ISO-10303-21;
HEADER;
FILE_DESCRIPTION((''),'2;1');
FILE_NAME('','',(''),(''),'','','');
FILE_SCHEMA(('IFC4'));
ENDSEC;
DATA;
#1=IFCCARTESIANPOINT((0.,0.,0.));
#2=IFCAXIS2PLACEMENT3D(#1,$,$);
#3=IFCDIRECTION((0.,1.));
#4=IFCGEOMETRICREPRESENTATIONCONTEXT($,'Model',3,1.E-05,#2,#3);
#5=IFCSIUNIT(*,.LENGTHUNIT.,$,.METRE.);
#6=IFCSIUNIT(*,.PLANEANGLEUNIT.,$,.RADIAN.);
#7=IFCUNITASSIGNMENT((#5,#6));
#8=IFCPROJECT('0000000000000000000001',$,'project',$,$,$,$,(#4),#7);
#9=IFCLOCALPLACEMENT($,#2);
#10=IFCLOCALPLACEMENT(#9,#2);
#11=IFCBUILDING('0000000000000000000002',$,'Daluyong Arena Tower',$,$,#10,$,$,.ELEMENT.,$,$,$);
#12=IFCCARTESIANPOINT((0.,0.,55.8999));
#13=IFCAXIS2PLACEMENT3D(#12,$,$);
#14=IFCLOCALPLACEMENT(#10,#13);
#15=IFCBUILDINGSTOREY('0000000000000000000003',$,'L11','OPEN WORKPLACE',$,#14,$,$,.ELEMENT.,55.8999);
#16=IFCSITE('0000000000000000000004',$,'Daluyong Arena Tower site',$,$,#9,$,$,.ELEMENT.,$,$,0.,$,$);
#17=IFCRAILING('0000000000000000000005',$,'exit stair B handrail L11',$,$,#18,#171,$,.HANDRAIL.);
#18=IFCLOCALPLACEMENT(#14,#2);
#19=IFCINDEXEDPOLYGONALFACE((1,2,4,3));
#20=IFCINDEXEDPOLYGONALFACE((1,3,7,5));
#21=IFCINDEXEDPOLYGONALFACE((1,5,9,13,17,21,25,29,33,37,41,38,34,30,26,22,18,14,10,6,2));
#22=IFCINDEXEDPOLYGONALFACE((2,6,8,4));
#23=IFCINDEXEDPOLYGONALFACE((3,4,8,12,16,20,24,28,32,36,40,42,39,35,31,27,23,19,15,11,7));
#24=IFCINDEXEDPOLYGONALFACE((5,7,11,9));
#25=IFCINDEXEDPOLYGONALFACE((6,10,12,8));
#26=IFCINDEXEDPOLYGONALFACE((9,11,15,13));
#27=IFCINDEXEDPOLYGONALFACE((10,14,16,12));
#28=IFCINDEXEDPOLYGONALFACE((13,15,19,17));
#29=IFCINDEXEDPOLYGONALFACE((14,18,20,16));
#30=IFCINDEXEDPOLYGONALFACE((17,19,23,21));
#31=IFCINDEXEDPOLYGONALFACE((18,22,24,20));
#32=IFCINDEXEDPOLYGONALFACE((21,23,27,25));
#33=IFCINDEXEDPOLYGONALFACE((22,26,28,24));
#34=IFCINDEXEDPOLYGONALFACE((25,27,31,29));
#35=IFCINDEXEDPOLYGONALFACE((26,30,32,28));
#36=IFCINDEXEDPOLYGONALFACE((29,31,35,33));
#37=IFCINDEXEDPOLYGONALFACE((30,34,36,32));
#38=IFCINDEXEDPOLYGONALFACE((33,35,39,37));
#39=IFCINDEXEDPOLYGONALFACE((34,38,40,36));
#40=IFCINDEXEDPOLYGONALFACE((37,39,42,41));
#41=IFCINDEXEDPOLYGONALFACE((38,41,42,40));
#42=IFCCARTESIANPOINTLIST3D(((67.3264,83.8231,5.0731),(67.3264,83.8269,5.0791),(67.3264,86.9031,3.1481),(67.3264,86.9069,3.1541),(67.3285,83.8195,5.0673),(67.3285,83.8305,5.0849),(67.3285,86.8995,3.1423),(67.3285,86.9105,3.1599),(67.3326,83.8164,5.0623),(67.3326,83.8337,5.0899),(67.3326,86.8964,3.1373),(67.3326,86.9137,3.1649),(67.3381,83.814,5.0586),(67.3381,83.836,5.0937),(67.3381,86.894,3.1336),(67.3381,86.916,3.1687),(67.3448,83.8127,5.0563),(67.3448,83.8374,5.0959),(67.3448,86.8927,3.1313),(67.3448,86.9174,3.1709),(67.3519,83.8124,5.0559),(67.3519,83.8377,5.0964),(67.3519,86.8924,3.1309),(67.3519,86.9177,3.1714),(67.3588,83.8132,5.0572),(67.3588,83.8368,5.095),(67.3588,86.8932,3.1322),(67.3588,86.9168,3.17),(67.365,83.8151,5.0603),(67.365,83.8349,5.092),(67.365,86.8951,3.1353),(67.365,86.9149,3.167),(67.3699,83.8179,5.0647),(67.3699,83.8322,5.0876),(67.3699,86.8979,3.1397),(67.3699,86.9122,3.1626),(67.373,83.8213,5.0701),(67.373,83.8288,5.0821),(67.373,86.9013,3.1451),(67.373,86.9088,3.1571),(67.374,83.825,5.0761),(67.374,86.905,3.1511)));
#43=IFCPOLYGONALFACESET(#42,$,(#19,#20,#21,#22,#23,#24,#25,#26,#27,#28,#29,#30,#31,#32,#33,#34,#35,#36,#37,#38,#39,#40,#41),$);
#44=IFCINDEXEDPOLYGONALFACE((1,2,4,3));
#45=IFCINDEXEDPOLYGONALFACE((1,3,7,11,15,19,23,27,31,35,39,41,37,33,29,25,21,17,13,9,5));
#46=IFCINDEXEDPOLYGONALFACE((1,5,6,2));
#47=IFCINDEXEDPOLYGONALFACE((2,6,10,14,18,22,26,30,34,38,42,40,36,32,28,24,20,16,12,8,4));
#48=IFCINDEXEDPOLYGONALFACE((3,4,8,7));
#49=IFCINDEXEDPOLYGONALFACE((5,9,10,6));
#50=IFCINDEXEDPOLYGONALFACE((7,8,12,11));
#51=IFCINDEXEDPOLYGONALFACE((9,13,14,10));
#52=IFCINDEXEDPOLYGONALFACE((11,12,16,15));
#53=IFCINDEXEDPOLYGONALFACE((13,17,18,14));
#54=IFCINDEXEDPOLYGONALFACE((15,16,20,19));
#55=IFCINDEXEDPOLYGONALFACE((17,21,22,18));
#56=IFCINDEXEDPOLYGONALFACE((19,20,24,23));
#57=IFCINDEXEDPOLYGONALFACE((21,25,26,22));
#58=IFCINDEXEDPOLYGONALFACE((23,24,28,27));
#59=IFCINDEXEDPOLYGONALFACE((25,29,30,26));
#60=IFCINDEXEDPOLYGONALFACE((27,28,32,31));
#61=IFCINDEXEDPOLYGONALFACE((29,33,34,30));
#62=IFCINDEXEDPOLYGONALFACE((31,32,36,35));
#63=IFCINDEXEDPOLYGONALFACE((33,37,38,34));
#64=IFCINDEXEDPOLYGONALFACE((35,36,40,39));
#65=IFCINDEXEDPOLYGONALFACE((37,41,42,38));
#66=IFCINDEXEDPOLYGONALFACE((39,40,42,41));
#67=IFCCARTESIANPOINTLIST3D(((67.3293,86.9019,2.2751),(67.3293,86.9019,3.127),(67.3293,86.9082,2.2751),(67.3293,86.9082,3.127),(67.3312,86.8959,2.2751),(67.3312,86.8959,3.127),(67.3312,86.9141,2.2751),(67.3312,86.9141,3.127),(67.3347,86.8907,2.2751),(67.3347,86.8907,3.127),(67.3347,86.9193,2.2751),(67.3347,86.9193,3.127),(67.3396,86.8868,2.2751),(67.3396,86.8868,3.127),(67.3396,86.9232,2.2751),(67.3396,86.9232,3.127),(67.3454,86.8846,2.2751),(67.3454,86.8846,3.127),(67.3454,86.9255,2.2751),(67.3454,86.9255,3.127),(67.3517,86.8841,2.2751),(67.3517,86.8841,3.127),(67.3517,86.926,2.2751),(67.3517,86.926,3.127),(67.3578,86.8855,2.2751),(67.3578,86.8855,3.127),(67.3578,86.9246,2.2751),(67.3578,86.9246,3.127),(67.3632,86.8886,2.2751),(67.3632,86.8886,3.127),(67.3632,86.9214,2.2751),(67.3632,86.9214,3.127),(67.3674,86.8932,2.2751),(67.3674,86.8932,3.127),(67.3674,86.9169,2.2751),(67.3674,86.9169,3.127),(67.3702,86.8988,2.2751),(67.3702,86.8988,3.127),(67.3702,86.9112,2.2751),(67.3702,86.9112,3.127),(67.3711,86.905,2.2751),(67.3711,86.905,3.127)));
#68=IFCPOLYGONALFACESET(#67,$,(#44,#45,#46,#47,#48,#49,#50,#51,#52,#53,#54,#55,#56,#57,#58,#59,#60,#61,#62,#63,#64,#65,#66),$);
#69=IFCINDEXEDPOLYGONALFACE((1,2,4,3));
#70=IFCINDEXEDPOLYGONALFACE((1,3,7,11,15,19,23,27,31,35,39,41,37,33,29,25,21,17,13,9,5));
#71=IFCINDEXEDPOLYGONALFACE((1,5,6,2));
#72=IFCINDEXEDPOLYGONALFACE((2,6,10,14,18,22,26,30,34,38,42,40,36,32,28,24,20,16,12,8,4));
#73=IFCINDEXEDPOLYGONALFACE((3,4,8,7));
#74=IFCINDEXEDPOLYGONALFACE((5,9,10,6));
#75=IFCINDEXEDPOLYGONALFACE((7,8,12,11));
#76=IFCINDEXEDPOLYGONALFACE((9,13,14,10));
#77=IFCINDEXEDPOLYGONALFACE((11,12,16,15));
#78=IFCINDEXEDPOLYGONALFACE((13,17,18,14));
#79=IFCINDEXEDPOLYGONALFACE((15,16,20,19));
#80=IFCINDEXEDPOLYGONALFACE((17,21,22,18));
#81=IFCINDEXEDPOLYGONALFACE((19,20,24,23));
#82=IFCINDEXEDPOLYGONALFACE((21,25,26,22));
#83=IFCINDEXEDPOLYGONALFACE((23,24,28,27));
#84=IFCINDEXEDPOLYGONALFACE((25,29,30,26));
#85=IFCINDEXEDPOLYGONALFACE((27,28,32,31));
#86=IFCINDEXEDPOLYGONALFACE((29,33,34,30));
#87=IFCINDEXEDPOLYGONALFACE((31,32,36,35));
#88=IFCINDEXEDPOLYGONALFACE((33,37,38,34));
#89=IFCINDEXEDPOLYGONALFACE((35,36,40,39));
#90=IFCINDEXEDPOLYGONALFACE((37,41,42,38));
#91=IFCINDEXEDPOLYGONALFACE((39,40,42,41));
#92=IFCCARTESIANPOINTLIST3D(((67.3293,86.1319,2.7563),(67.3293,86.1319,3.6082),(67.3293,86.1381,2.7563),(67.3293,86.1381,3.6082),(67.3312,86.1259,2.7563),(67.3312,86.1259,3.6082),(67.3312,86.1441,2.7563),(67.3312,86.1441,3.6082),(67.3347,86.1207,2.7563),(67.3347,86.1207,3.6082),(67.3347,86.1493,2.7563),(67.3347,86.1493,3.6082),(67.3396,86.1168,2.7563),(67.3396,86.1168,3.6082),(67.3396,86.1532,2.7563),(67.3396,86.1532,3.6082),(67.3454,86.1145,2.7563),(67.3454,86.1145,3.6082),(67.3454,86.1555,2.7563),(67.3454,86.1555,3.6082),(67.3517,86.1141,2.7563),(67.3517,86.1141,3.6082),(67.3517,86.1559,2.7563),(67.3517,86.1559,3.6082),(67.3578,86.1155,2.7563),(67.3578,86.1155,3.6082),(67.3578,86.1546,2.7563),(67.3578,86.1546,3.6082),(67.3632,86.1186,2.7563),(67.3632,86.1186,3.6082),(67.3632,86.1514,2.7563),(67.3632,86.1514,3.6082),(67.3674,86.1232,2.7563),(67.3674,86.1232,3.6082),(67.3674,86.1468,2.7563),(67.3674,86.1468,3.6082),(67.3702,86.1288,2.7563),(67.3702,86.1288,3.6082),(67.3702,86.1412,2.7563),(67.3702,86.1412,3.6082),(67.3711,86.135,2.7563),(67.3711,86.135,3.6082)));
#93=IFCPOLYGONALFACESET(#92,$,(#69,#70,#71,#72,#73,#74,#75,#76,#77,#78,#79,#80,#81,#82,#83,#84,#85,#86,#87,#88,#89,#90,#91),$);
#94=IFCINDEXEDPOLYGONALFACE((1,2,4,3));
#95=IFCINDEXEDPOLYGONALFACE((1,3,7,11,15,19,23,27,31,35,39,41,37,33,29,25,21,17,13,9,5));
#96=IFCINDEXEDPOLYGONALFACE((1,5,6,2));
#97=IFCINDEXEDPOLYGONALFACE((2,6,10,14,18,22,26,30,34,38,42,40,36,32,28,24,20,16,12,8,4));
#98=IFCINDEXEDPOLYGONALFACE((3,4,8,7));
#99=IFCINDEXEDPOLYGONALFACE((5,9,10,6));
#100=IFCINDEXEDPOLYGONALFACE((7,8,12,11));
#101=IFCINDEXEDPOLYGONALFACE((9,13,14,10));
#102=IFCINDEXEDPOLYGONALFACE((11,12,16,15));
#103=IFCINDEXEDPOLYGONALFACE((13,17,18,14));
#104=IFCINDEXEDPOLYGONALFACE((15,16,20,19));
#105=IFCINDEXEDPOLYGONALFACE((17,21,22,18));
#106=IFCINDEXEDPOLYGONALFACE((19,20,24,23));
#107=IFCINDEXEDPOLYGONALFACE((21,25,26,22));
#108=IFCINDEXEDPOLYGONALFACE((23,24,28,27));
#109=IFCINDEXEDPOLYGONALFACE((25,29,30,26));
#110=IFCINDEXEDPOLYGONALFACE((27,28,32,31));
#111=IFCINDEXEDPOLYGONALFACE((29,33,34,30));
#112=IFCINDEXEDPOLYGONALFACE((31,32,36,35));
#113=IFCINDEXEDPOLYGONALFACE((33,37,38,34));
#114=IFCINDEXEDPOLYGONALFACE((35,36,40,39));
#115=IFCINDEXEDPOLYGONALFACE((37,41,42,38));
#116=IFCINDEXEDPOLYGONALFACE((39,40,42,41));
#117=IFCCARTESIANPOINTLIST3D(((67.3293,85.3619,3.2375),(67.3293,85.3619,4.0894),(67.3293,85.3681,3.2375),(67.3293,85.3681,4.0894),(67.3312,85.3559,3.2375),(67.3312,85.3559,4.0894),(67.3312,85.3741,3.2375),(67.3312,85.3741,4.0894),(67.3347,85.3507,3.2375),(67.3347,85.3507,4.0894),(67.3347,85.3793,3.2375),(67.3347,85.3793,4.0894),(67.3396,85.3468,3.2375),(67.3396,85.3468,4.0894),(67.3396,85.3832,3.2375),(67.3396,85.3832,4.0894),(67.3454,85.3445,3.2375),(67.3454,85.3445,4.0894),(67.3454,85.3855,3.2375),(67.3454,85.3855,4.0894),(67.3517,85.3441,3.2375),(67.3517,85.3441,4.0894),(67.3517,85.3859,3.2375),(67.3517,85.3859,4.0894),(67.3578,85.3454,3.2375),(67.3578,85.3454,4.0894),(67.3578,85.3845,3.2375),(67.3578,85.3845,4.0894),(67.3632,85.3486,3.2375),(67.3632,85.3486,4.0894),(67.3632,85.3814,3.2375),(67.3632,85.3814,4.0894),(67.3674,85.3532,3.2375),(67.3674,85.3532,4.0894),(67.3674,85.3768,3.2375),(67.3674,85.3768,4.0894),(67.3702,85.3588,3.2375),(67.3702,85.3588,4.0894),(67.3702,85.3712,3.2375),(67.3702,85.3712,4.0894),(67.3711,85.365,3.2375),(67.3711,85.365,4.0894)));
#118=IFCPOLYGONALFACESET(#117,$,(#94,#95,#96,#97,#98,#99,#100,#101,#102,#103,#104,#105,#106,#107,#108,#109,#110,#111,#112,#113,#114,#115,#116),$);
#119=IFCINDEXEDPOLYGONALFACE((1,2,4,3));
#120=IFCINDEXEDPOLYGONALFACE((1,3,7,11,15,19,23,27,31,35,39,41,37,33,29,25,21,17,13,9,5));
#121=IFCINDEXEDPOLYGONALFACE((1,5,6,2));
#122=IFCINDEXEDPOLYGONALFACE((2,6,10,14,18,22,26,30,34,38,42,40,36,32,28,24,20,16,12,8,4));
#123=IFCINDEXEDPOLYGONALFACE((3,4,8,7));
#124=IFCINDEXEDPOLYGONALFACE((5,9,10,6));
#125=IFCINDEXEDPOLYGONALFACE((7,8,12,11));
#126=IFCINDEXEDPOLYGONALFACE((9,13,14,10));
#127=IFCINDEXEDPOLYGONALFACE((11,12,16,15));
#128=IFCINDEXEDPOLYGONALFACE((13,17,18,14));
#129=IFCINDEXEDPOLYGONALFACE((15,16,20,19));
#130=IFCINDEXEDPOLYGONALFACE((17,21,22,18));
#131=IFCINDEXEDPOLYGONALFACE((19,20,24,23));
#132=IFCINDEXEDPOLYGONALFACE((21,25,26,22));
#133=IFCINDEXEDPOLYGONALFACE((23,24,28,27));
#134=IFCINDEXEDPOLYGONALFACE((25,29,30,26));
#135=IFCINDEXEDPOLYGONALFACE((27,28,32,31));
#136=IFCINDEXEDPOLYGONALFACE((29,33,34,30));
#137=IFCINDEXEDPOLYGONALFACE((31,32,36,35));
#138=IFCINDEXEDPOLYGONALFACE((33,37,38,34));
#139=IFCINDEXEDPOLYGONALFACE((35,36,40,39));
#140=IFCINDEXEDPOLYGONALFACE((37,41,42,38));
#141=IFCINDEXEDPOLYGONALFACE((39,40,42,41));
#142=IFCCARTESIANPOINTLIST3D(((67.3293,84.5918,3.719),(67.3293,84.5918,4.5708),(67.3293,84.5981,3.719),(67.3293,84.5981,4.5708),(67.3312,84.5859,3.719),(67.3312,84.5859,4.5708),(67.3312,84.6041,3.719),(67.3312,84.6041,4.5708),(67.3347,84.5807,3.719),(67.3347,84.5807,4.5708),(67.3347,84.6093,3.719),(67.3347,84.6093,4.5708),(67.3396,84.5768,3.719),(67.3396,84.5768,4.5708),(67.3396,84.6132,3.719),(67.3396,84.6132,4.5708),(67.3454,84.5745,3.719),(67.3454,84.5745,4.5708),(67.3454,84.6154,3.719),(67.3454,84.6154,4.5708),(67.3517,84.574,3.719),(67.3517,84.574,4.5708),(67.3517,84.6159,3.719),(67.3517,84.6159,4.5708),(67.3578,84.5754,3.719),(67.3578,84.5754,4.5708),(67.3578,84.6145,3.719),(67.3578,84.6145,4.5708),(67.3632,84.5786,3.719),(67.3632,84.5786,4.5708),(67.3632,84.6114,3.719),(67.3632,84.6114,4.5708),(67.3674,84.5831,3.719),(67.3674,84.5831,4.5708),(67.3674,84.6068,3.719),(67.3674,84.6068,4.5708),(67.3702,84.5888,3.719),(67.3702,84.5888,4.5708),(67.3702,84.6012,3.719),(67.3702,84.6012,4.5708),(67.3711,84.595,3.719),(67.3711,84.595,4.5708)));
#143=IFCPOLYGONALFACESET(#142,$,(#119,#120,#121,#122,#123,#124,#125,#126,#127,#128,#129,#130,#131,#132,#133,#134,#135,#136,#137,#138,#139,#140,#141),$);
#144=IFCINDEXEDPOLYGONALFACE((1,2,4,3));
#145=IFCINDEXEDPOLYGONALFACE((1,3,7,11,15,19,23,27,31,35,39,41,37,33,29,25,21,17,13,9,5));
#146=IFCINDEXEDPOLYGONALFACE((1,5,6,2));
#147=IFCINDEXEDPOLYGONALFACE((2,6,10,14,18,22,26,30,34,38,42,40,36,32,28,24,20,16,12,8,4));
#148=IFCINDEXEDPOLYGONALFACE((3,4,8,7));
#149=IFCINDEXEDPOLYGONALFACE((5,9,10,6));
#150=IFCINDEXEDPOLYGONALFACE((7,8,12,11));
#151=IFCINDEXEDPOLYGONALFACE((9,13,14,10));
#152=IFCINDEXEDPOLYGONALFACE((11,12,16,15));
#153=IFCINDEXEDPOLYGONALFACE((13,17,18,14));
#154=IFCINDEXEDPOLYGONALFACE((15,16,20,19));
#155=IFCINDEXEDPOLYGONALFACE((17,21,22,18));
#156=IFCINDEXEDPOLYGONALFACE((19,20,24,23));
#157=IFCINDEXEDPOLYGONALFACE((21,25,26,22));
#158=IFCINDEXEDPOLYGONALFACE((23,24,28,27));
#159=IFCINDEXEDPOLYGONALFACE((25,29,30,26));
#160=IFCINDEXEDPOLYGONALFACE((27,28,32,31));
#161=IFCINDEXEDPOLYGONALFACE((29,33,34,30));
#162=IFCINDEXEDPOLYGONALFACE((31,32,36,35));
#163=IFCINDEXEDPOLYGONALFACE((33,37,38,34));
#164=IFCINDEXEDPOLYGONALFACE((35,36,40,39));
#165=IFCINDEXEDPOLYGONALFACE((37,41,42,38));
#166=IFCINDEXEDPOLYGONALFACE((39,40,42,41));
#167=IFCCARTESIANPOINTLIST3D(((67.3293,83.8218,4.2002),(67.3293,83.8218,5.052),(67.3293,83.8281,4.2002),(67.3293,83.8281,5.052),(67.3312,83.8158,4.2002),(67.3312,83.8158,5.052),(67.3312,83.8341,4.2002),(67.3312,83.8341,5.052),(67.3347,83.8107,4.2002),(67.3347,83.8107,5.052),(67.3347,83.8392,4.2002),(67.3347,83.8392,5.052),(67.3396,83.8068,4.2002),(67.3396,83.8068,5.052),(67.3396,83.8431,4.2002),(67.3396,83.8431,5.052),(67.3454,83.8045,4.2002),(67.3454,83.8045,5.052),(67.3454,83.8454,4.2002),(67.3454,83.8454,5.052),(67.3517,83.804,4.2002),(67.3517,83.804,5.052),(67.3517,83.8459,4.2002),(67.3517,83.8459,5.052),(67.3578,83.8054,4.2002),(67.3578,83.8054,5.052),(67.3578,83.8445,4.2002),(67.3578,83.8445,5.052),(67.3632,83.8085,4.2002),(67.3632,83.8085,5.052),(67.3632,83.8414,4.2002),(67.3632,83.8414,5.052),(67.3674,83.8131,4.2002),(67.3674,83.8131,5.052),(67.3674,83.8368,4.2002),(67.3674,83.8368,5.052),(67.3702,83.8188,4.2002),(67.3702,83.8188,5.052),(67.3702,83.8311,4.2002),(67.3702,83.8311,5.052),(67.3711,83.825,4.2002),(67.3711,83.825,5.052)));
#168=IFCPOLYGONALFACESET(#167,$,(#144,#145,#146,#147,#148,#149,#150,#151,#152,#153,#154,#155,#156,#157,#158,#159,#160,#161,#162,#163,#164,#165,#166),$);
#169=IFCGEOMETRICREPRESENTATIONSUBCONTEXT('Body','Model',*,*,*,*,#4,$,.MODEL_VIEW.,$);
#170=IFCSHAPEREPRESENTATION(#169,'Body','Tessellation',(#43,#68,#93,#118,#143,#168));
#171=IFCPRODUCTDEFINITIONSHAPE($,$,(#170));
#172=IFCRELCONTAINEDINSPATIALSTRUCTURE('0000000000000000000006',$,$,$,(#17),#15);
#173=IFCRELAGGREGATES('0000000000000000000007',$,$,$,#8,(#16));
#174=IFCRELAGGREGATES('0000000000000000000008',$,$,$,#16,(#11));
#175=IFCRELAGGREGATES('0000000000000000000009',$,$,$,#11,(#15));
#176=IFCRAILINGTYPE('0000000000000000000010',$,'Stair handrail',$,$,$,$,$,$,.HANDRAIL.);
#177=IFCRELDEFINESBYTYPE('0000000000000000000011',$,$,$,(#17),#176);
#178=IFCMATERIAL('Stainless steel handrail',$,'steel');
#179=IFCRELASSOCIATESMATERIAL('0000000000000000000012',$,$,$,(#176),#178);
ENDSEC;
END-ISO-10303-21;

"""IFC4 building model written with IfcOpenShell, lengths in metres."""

from ifc_helpers import new_model, si_unit, direction, frame, origin, origin_2d, place, context, subcontext, project, spatial, circle, extrude, material, type_object, element, save


model = new_model("IFC4")

# Units and contexts
model_context = context("Model", 3, precision=1e-05, world=origin(), true_north=direction((0.0, 1.0)))
body_context = subcontext(model_context, "Body", "Model", "MODEL_VIEW")
ifc_project = project(units=[si_unit("LENGTHUNIT", "METRE"), si_unit("PLANEANGLEUNIT", "RADIAN")], contexts=[model_context])

# Site, building, storey
site_placement = place(None, origin())
site = spatial("IfcSite", under=ifc_project, at=site_placement, Name="Daluyong Arena Tower site", CompositionType="ELEMENT", RefElevation=0.0)
building_placement = place(site_placement, origin())
building = spatial("IfcBuilding", under=site, at=building_placement, Name="Daluyong Arena Tower", CompositionType="ELEMENT")
storey_placement = place(building_placement, frame((0.0, 0.0, 55.8999)))
storey = spatial("IfcBuildingStorey", under=building, at=storey_placement, Name="L11", Description="OPEN WORKPLACE", CompositionType="ELEMENT", Elevation=55.8999)

# Railing
ifc_material_1 = material(Name="Stainless steel handrail", Category="steel")
railing_type_1 = type_object("IfcRailingType", Name="Stair handrail", PredefinedType="HANDRAIL", material=ifc_material_1)
railing_1_placement = place(storey_placement, frame((67.3501, 86.905, 2.2751)))
element("IfcRailing", 1, at=railing_1_placement, inside=storey, type_object=railing_type_1, Name="exit stair B handrail L11", PredefinedType="HANDRAIL", context=body_context, shape_type="SweptSolid", body=[
    extrude(circle(Radius=0.0239, at=origin_2d()), frame((0.0, 0.0, 0.876), z_axis=(0.0, -0.847998, 0.529999), x_axis=(1.0, 0.0, 0.0)), (0.0, 0.0, 1.0), 3.6321),
    extrude(circle(Radius=0.021, at=origin_2d()), origin(), (0.0, 0.0, 1.0), 0.8518),
    extrude(circle(Radius=0.021, at=origin_2d()), frame((0.0, -0.77, 0.4812)), (0.0, 0.0, 1.0), 0.8518),
    extrude(circle(Radius=0.021, at=origin_2d()), frame((0.0, -1.54, 0.9624)), (0.0, 0.0, 1.0), 0.8518),
    extrude(circle(Radius=0.021, at=origin_2d()), frame((0.0, -2.3101, 1.4438)), (0.0, 0.0, 1.0), 0.8518),
    extrude(circle(Radius=0.021, at=origin_2d()), frame((0.0, -3.0801, 1.925)), (0.0, 0.0, 1.0), 0.8518),
])

save(model, "model.ifc")
